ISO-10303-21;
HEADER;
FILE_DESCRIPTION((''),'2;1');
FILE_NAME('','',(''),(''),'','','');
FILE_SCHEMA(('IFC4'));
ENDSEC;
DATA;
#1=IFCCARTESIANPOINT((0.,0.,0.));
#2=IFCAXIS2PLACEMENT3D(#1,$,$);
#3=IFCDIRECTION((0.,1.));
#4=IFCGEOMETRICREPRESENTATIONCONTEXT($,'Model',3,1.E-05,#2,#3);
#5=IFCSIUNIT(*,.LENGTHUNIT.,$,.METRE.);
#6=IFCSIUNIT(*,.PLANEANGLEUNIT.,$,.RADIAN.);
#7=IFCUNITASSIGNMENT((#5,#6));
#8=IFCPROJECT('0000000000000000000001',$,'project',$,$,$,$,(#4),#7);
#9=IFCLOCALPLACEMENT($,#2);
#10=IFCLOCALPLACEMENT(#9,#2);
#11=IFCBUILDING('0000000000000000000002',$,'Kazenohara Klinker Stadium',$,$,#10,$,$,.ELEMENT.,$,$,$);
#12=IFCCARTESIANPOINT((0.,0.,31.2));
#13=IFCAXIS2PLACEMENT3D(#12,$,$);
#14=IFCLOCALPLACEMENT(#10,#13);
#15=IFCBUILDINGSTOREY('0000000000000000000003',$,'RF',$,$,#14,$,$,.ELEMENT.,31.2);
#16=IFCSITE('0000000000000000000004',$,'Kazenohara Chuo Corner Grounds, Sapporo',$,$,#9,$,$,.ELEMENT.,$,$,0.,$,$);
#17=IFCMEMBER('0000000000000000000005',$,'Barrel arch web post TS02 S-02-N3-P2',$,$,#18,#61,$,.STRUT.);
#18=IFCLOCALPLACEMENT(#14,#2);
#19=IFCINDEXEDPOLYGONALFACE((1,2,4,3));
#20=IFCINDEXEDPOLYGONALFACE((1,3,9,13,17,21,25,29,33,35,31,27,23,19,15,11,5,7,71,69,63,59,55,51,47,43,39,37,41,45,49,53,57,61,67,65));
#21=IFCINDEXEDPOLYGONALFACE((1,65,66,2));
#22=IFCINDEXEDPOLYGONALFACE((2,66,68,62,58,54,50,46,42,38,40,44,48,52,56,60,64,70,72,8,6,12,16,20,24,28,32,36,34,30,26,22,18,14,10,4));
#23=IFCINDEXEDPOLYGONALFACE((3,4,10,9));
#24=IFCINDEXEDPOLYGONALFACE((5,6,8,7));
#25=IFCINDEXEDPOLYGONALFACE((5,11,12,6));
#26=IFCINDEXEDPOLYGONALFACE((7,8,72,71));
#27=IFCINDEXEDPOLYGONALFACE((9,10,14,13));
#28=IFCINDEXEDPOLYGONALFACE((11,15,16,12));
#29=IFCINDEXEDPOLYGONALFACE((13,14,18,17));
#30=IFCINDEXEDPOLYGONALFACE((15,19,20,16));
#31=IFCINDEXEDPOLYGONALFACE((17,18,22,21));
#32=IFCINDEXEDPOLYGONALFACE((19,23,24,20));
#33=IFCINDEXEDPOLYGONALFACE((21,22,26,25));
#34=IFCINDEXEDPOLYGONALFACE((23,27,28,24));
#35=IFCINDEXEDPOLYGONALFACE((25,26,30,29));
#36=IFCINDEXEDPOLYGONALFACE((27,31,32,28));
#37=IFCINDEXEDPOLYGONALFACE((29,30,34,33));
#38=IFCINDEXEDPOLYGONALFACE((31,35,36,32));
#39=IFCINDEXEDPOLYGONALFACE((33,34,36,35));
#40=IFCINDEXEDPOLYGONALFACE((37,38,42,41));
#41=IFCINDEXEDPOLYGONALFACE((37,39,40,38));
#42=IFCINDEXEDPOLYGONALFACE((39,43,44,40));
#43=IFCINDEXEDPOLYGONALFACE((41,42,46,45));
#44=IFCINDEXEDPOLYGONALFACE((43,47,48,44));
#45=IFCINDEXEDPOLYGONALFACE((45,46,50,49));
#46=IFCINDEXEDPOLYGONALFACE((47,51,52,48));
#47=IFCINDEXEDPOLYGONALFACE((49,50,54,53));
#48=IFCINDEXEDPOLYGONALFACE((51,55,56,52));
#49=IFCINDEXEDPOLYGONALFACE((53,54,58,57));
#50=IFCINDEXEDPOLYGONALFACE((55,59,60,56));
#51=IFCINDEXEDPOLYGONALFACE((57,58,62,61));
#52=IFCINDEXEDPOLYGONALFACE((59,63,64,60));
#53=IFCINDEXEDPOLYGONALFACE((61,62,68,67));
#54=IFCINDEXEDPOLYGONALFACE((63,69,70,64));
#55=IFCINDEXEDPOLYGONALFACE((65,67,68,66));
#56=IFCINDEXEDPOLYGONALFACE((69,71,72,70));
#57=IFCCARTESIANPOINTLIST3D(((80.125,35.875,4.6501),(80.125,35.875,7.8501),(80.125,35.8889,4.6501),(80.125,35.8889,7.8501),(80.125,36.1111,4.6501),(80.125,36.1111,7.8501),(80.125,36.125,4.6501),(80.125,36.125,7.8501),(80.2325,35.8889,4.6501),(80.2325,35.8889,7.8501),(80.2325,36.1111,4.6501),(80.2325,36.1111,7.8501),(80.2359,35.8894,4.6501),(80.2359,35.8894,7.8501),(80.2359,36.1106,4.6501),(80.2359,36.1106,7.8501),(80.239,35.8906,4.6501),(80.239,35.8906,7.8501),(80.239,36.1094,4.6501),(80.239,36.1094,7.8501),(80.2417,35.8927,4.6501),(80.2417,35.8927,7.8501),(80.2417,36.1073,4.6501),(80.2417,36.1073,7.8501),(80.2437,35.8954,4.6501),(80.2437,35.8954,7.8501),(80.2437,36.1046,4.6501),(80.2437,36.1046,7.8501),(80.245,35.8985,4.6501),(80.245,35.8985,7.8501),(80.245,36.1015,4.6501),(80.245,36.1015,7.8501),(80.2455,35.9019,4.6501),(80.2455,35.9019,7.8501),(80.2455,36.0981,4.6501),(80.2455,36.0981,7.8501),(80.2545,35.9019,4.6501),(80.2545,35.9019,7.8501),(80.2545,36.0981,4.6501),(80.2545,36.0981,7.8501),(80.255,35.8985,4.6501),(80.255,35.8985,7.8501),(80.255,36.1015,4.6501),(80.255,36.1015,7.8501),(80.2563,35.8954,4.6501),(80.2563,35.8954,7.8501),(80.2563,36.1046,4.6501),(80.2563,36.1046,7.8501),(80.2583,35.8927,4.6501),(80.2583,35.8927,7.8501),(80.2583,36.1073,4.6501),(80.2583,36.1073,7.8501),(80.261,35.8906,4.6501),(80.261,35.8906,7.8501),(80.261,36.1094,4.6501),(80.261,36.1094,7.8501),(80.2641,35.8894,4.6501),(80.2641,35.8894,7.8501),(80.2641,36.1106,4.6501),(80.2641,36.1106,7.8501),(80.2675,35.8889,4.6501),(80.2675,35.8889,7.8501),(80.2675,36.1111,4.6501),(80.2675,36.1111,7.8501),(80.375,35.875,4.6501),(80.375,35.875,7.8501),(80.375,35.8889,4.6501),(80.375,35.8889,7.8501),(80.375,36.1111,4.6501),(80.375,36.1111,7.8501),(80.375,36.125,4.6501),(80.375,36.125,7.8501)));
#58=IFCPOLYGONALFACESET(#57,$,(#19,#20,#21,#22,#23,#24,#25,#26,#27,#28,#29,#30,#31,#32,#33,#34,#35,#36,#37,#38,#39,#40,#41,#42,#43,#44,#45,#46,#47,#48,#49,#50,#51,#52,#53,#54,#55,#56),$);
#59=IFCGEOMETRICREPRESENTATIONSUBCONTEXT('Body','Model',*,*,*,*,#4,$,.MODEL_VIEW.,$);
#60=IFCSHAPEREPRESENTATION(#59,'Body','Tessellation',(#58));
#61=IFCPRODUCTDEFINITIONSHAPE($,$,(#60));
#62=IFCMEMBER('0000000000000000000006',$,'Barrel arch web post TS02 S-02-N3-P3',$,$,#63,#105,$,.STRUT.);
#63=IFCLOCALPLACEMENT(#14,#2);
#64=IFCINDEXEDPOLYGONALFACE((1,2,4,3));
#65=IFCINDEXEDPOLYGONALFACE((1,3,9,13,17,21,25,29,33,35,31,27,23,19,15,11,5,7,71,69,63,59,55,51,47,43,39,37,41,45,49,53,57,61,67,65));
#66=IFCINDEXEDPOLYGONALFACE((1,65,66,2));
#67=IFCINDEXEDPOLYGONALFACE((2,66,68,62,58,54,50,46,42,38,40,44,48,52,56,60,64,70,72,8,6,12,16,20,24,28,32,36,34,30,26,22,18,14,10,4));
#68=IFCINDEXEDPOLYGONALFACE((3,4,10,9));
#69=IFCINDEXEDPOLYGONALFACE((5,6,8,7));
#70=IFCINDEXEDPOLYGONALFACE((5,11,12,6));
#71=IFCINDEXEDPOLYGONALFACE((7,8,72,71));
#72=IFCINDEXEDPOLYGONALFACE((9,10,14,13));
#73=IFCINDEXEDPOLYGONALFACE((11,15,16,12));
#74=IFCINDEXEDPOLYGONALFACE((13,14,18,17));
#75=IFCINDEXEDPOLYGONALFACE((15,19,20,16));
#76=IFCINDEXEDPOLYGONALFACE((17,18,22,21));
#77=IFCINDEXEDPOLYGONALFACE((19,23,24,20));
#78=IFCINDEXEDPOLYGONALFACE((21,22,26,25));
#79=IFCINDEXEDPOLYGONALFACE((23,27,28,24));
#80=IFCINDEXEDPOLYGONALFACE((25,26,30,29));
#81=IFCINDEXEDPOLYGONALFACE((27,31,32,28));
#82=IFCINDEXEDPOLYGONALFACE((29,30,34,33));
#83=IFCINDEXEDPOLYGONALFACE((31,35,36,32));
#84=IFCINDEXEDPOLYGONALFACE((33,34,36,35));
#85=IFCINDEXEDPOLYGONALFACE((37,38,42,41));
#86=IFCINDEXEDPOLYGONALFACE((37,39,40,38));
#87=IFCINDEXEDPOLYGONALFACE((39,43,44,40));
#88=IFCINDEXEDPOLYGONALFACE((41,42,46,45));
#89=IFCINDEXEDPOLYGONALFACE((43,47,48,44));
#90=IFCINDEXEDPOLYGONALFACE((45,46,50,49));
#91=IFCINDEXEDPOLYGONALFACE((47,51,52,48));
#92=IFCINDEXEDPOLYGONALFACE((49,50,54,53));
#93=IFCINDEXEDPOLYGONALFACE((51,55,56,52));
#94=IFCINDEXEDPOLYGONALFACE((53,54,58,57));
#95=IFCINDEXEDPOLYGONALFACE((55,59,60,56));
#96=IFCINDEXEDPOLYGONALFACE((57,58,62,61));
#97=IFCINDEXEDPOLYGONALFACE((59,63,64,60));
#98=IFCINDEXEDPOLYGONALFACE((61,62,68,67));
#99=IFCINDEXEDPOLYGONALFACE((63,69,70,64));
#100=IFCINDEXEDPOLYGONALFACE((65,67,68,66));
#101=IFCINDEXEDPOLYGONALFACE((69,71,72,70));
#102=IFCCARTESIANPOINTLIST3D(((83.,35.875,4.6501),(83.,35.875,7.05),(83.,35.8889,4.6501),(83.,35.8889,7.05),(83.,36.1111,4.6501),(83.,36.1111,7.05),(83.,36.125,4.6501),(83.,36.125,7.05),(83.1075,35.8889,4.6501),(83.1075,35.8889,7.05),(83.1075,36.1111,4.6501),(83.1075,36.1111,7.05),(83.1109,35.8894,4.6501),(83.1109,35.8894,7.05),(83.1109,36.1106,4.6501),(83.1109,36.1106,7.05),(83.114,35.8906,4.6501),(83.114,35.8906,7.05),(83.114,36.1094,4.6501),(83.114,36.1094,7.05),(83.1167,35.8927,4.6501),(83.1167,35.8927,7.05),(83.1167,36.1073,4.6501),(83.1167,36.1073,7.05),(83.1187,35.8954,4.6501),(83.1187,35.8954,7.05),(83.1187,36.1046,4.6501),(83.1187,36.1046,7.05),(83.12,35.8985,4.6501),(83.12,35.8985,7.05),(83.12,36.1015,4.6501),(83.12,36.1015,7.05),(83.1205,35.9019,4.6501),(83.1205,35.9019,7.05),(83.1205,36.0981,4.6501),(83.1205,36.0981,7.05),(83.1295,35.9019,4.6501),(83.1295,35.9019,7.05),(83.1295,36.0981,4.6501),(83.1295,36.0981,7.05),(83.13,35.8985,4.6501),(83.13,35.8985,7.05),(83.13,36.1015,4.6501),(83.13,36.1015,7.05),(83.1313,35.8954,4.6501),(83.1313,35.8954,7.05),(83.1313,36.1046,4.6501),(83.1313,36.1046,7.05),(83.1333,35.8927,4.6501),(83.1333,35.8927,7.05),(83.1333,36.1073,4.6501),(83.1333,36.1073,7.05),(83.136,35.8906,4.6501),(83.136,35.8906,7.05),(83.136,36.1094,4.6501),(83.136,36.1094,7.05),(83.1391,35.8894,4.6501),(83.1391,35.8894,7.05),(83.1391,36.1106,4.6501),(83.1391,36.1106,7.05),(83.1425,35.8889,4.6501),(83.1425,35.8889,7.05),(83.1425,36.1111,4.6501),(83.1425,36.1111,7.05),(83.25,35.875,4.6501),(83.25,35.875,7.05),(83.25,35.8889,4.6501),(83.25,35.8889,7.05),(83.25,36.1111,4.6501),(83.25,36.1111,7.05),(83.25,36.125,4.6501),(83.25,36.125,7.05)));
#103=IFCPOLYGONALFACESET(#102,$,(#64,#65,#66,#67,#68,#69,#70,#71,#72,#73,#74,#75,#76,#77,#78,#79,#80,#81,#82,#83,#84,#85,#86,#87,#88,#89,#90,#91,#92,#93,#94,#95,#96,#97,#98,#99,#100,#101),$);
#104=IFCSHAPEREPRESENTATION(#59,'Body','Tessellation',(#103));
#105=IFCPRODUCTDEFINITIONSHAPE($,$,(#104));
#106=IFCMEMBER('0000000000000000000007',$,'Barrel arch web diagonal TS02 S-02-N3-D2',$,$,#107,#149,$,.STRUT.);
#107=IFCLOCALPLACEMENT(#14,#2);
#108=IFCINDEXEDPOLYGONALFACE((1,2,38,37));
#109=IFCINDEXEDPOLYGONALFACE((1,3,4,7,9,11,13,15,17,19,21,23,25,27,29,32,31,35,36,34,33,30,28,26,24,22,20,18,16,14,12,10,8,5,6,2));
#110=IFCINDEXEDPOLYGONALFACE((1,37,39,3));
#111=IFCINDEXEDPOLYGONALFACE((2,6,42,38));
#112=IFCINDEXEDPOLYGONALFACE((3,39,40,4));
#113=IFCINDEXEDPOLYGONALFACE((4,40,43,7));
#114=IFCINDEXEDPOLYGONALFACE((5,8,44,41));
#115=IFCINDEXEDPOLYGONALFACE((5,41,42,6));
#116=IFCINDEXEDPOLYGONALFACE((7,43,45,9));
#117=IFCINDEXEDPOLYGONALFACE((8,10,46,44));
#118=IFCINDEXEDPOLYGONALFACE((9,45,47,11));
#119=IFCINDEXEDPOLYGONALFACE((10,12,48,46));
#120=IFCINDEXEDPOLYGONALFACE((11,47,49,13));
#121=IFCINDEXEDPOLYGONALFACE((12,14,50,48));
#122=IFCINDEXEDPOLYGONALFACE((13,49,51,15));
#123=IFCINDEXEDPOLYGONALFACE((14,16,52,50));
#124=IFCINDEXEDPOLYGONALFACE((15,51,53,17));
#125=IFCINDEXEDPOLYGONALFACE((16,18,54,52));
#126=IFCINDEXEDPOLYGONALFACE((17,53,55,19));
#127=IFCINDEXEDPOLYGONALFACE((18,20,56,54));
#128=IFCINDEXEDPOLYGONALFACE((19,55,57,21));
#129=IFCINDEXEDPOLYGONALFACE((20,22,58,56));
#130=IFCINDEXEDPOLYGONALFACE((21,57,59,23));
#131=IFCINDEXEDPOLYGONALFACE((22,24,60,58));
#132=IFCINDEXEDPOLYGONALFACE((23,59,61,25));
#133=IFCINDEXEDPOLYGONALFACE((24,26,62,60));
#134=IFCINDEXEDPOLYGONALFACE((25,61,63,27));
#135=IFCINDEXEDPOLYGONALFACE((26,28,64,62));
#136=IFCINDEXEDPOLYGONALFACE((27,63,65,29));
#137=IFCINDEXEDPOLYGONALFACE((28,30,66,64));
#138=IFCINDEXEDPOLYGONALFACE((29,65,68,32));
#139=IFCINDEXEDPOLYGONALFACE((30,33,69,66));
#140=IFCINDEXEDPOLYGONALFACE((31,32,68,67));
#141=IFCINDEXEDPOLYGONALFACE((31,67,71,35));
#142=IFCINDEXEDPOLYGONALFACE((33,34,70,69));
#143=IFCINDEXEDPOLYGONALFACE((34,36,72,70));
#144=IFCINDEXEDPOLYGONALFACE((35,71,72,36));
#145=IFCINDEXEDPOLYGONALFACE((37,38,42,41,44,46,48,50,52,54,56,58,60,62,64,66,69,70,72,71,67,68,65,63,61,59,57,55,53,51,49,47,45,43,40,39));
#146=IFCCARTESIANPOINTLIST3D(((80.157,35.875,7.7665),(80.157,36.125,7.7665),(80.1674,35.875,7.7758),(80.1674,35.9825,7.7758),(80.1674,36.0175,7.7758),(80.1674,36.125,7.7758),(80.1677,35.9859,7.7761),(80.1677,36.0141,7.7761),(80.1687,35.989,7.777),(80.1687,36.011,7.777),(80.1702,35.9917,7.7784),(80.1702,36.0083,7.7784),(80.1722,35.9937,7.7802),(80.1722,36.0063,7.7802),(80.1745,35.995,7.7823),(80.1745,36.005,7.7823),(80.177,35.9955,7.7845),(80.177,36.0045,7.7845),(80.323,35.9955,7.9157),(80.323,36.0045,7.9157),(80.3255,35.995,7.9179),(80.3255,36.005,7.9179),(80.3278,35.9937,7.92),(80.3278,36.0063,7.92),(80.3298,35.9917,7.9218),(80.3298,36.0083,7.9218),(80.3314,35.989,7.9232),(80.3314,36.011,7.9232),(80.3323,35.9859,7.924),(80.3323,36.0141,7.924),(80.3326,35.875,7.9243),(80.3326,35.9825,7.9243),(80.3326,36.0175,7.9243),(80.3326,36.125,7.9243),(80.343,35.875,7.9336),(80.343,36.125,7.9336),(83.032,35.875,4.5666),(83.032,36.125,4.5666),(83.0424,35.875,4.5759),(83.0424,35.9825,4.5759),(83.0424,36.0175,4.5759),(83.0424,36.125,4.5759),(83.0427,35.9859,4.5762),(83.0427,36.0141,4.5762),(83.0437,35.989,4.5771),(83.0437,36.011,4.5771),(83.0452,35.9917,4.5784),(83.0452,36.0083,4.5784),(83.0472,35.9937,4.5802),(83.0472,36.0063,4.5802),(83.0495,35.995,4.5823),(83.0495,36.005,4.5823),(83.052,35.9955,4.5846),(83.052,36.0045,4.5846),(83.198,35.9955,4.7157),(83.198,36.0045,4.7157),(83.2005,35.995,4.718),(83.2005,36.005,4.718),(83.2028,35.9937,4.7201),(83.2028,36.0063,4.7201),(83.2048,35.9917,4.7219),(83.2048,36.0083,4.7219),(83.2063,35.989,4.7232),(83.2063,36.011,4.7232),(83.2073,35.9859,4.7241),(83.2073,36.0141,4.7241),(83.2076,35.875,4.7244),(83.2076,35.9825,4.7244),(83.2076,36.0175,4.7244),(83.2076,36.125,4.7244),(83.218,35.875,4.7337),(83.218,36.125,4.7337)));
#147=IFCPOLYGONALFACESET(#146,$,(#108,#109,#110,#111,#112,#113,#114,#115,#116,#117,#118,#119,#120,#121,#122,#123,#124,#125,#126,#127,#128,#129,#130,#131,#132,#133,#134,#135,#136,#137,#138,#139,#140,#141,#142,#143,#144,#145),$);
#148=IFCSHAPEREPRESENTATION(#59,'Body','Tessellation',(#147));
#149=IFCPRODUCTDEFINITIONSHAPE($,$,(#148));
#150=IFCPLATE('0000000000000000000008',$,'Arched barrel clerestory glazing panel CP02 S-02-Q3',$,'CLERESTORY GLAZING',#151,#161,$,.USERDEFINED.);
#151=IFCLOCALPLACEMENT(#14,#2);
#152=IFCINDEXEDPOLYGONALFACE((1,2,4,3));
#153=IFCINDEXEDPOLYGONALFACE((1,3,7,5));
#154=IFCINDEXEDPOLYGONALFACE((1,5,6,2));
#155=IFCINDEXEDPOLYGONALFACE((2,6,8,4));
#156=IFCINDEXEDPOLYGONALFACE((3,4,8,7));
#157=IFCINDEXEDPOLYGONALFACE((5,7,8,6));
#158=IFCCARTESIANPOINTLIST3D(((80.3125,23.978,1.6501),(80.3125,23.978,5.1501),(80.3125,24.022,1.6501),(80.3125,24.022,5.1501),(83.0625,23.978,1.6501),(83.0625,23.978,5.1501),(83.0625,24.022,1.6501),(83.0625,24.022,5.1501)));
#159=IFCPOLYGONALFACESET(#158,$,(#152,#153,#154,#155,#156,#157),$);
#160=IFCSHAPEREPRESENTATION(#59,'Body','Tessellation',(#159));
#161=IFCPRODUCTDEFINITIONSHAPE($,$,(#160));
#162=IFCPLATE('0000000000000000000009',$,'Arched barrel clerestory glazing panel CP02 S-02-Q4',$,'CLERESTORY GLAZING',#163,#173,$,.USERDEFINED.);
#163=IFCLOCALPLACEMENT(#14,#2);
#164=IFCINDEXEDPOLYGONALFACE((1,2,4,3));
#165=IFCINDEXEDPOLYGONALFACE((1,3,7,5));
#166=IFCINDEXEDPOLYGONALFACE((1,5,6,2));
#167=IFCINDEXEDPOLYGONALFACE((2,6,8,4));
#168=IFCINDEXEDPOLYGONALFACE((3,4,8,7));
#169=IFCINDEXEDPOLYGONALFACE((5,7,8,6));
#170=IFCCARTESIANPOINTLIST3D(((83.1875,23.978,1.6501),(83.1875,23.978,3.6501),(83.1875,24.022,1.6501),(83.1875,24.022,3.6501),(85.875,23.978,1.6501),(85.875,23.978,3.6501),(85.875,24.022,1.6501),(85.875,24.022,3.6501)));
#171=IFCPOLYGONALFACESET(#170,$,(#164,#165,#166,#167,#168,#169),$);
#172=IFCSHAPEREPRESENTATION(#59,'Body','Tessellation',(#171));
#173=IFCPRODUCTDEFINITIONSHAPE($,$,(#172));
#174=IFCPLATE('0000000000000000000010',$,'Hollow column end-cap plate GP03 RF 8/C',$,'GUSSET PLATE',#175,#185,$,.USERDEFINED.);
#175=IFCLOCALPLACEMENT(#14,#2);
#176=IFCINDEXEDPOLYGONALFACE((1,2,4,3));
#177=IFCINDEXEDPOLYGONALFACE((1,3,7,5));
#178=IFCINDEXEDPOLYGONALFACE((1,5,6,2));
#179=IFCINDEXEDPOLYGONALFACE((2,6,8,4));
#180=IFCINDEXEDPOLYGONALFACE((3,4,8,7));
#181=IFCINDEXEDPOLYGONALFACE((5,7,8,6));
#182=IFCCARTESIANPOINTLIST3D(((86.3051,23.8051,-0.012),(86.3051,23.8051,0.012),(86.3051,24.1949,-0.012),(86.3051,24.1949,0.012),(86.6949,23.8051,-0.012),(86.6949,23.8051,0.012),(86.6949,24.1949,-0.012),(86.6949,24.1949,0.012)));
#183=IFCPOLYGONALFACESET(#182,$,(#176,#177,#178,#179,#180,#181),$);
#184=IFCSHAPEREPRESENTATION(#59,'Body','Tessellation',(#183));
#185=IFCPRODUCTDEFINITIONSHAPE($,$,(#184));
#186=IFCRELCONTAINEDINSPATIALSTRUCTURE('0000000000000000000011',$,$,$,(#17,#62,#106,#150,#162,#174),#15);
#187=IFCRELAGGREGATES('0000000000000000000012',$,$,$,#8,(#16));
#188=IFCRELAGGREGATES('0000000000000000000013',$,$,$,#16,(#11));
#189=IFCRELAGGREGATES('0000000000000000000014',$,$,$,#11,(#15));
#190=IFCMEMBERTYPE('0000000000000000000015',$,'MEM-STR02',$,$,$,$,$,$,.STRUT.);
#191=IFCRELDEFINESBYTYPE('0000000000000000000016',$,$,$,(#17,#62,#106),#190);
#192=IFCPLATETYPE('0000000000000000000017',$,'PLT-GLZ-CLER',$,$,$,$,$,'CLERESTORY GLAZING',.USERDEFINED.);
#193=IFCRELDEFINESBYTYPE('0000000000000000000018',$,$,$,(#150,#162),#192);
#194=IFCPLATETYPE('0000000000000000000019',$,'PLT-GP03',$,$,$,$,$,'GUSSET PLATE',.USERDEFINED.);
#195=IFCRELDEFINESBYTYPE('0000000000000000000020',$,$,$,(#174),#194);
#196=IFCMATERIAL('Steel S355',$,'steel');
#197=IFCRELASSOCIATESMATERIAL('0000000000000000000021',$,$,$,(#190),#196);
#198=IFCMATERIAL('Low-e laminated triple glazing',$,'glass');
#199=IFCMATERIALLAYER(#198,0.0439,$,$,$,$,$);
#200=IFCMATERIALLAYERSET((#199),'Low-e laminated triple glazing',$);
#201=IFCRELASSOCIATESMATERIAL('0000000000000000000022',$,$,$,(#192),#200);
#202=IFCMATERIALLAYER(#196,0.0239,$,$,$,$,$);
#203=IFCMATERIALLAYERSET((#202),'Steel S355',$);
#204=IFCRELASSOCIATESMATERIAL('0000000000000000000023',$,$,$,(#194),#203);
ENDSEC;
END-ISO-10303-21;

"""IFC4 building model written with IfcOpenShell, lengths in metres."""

from ifc_helpers import new_model, si_unit, direction, frame, origin, origin_2d, place, context, subcontext, project, spatial, rectangle, i_section, extrude, material, layer, layer_set, material_profile, profile_set, type_object, element, save


model = new_model("IFC4")

# Units and contexts
model_context = context("Model", 3, precision=1e-05, world=origin(), true_north=direction((0.0, 1.0)))
body_context = subcontext(model_context, "Body", "Model", "MODEL_VIEW")
ifc_project = project(units=[si_unit("LENGTHUNIT", "METRE"), si_unit("PLANEANGLEUNIT", "RADIAN")], contexts=[model_context])

# Site, building, storey
site_placement = place(None, origin())
site = spatial("IfcSite", under=ifc_project, at=site_placement, Name="Kazenohara Chuo Corner Grounds, Sapporo", CompositionType="ELEMENT", RefElevation=0.0)
building_placement = place(site_placement, origin())
building = spatial("IfcBuilding", under=site, at=building_placement, Name="Kazenohara Klinker Stadium", CompositionType="ELEMENT")
storey_placement = place(building_placement, frame((0.0, 0.0, 31.2)))
storey = spatial("IfcBuildingStorey", under=building, at=storey_placement, Name="RF", CompositionType="ELEMENT", Elevation=31.2)

# Members
ifc_material_1 = material(Name="Steel S355", Category="steel")
ifc_material_profile_1 = material_profile(ifc_material_1, i_section(OverallWidth=0.25, OverallDepth=0.25, WebThickness=0.009, FlangeThickness=0.0139, FilletRadius=0.0129, at=origin_2d()), Name="H-250x250x9x14")
ifc_profile_set_1 = profile_set([ifc_material_profile_1], Name="Steel S355")
member_type_1 = type_object("IfcMemberType", Name="MEM-STR02", PredefinedType="STRUT", material=ifc_profile_set_1)
member_1_placement = place(storey_placement, frame((80.25, 36.0, 4.6501), z_axis=(0.0, 0.0, 1.0), x_axis=(1.0, 0.0, 0.0)))
element("IfcMember", 1, at=member_1_placement, inside=storey, type_object=member_type_1, Name="Barrel arch web post TS02 S-02-N3-P2", PredefinedType="STRUT", context=body_context, shape_type="SweptSolid", body=[
    extrude(i_section(OverallWidth=0.25, OverallDepth=0.25, WebThickness=0.009, FlangeThickness=0.0139, FilletRadius=0.0129, at=origin_2d()), origin(), (0.0, 0.0, 1.0), 3.2),
])
member_2_placement = place(storey_placement, frame((83.125, 36.0, 4.6501), z_axis=(0.0, 0.0, 1.0), x_axis=(1.0, 0.0, 0.0)))
element("IfcMember", 2, at=member_2_placement, inside=storey, type_object=member_type_1, Name="Barrel arch web post TS02 S-02-N3-P3", PredefinedType="STRUT", context=body_context, shape_type="SweptSolid", body=[
    extrude(i_section(OverallWidth=0.25, OverallDepth=0.25, WebThickness=0.009, FlangeThickness=0.0139, FilletRadius=0.0129, at=origin_2d()), origin(), (0.0, 0.0, 1.0), 2.3999),
])
member_3_placement = place(storey_placement, frame((83.125, 36.0, 4.6501), z_axis=(-0.668328, 0.0, 0.743867), x_axis=(0.0, -1.0, 0.0)))
element("IfcMember", 3, at=member_3_placement, inside=storey, type_object=member_type_1, Name="Barrel arch web diagonal TS02 S-02-N3-D2", PredefinedType="STRUT", context=body_context, shape_type="SweptSolid", body=[
    extrude(i_section(OverallWidth=0.25, OverallDepth=0.25, WebThickness=0.009, FlangeThickness=0.0139, FilletRadius=0.0129, at=origin_2d()), origin(), (0.0, 0.0, 1.0), 4.3018),
])

# Plates
ifc_material_2 = material(Name="Low-e laminated triple glazing", Category="glass")
ifc_layer_1 = layer(ifc_material_2, 0.0439)
ifc_layer_set_1 = layer_set([ifc_layer_1], Name="Low-e laminated triple glazing")
plate_type_1 = type_object("IfcPlateType", Name="PLT-GLZ-CLER", ElementType="CLERESTORY GLAZING", PredefinedType="USERDEFINED", material=ifc_layer_set_1)
plate_1_placement = place(storey_placement, frame((81.6875, 24.0, 1.6501), z_axis=(0.0, 0.0, 1.0), x_axis=(1.0, 0.0, 0.0)))
element("IfcPlate", 4, at=plate_1_placement, inside=storey, type_object=plate_type_1, Name="Arched barrel clerestory glazing panel CP02 S-02-Q3", ObjectType="CLERESTORY GLAZING", PredefinedType="USERDEFINED", context=body_context, shape_type="SweptSolid", body=[
    extrude(rectangle(XDim=2.75, YDim=0.0439, at=origin_2d()), origin(), (0.0, 0.0, 1.0), 3.5),
])
plate_2_placement = place(storey_placement, frame((84.5312, 24.0, 1.6501), z_axis=(0.0, 0.0, 1.0), x_axis=(1.0, 0.0, 0.0)))
element("IfcPlate", 5, at=plate_2_placement, inside=storey, type_object=plate_type_1, Name="Arched barrel clerestory glazing panel CP02 S-02-Q4", ObjectType="CLERESTORY GLAZING", PredefinedType="USERDEFINED", context=body_context, shape_type="SweptSolid", body=[
    extrude(rectangle(XDim=2.6875, YDim=0.0439, at=origin_2d()), origin(), (0.0, 0.0, 1.0), 2.0),
])
ifc_layer_2 = layer(ifc_material_1, 0.0239)
ifc_layer_set_2 = layer_set([ifc_layer_2], Name="Steel S355")
plate_type_2 = type_object("IfcPlateType", Name="PLT-GP03", ElementType="GUSSET PLATE", PredefinedType="USERDEFINED", material=ifc_layer_set_2)
plate_3_placement = place(storey_placement, frame((86.5, 24.0, -0.012), z_axis=(0.0, 0.0, 1.0), x_axis=(1.0, 0.0, 0.0)))
element("IfcPlate", 6, at=plate_3_placement, inside=storey, type_object=plate_type_2, Name="Hollow column end-cap plate GP03 RF 8/C", ObjectType="GUSSET PLATE", PredefinedType="USERDEFINED", context=body_context, shape_type="SweptSolid", body=[
    extrude(rectangle(XDim=0.3899, YDim=0.3899, at=origin_2d()), origin(), (0.0, 0.0, 1.0), 0.0239),
])

save(model, "model.ifc")
